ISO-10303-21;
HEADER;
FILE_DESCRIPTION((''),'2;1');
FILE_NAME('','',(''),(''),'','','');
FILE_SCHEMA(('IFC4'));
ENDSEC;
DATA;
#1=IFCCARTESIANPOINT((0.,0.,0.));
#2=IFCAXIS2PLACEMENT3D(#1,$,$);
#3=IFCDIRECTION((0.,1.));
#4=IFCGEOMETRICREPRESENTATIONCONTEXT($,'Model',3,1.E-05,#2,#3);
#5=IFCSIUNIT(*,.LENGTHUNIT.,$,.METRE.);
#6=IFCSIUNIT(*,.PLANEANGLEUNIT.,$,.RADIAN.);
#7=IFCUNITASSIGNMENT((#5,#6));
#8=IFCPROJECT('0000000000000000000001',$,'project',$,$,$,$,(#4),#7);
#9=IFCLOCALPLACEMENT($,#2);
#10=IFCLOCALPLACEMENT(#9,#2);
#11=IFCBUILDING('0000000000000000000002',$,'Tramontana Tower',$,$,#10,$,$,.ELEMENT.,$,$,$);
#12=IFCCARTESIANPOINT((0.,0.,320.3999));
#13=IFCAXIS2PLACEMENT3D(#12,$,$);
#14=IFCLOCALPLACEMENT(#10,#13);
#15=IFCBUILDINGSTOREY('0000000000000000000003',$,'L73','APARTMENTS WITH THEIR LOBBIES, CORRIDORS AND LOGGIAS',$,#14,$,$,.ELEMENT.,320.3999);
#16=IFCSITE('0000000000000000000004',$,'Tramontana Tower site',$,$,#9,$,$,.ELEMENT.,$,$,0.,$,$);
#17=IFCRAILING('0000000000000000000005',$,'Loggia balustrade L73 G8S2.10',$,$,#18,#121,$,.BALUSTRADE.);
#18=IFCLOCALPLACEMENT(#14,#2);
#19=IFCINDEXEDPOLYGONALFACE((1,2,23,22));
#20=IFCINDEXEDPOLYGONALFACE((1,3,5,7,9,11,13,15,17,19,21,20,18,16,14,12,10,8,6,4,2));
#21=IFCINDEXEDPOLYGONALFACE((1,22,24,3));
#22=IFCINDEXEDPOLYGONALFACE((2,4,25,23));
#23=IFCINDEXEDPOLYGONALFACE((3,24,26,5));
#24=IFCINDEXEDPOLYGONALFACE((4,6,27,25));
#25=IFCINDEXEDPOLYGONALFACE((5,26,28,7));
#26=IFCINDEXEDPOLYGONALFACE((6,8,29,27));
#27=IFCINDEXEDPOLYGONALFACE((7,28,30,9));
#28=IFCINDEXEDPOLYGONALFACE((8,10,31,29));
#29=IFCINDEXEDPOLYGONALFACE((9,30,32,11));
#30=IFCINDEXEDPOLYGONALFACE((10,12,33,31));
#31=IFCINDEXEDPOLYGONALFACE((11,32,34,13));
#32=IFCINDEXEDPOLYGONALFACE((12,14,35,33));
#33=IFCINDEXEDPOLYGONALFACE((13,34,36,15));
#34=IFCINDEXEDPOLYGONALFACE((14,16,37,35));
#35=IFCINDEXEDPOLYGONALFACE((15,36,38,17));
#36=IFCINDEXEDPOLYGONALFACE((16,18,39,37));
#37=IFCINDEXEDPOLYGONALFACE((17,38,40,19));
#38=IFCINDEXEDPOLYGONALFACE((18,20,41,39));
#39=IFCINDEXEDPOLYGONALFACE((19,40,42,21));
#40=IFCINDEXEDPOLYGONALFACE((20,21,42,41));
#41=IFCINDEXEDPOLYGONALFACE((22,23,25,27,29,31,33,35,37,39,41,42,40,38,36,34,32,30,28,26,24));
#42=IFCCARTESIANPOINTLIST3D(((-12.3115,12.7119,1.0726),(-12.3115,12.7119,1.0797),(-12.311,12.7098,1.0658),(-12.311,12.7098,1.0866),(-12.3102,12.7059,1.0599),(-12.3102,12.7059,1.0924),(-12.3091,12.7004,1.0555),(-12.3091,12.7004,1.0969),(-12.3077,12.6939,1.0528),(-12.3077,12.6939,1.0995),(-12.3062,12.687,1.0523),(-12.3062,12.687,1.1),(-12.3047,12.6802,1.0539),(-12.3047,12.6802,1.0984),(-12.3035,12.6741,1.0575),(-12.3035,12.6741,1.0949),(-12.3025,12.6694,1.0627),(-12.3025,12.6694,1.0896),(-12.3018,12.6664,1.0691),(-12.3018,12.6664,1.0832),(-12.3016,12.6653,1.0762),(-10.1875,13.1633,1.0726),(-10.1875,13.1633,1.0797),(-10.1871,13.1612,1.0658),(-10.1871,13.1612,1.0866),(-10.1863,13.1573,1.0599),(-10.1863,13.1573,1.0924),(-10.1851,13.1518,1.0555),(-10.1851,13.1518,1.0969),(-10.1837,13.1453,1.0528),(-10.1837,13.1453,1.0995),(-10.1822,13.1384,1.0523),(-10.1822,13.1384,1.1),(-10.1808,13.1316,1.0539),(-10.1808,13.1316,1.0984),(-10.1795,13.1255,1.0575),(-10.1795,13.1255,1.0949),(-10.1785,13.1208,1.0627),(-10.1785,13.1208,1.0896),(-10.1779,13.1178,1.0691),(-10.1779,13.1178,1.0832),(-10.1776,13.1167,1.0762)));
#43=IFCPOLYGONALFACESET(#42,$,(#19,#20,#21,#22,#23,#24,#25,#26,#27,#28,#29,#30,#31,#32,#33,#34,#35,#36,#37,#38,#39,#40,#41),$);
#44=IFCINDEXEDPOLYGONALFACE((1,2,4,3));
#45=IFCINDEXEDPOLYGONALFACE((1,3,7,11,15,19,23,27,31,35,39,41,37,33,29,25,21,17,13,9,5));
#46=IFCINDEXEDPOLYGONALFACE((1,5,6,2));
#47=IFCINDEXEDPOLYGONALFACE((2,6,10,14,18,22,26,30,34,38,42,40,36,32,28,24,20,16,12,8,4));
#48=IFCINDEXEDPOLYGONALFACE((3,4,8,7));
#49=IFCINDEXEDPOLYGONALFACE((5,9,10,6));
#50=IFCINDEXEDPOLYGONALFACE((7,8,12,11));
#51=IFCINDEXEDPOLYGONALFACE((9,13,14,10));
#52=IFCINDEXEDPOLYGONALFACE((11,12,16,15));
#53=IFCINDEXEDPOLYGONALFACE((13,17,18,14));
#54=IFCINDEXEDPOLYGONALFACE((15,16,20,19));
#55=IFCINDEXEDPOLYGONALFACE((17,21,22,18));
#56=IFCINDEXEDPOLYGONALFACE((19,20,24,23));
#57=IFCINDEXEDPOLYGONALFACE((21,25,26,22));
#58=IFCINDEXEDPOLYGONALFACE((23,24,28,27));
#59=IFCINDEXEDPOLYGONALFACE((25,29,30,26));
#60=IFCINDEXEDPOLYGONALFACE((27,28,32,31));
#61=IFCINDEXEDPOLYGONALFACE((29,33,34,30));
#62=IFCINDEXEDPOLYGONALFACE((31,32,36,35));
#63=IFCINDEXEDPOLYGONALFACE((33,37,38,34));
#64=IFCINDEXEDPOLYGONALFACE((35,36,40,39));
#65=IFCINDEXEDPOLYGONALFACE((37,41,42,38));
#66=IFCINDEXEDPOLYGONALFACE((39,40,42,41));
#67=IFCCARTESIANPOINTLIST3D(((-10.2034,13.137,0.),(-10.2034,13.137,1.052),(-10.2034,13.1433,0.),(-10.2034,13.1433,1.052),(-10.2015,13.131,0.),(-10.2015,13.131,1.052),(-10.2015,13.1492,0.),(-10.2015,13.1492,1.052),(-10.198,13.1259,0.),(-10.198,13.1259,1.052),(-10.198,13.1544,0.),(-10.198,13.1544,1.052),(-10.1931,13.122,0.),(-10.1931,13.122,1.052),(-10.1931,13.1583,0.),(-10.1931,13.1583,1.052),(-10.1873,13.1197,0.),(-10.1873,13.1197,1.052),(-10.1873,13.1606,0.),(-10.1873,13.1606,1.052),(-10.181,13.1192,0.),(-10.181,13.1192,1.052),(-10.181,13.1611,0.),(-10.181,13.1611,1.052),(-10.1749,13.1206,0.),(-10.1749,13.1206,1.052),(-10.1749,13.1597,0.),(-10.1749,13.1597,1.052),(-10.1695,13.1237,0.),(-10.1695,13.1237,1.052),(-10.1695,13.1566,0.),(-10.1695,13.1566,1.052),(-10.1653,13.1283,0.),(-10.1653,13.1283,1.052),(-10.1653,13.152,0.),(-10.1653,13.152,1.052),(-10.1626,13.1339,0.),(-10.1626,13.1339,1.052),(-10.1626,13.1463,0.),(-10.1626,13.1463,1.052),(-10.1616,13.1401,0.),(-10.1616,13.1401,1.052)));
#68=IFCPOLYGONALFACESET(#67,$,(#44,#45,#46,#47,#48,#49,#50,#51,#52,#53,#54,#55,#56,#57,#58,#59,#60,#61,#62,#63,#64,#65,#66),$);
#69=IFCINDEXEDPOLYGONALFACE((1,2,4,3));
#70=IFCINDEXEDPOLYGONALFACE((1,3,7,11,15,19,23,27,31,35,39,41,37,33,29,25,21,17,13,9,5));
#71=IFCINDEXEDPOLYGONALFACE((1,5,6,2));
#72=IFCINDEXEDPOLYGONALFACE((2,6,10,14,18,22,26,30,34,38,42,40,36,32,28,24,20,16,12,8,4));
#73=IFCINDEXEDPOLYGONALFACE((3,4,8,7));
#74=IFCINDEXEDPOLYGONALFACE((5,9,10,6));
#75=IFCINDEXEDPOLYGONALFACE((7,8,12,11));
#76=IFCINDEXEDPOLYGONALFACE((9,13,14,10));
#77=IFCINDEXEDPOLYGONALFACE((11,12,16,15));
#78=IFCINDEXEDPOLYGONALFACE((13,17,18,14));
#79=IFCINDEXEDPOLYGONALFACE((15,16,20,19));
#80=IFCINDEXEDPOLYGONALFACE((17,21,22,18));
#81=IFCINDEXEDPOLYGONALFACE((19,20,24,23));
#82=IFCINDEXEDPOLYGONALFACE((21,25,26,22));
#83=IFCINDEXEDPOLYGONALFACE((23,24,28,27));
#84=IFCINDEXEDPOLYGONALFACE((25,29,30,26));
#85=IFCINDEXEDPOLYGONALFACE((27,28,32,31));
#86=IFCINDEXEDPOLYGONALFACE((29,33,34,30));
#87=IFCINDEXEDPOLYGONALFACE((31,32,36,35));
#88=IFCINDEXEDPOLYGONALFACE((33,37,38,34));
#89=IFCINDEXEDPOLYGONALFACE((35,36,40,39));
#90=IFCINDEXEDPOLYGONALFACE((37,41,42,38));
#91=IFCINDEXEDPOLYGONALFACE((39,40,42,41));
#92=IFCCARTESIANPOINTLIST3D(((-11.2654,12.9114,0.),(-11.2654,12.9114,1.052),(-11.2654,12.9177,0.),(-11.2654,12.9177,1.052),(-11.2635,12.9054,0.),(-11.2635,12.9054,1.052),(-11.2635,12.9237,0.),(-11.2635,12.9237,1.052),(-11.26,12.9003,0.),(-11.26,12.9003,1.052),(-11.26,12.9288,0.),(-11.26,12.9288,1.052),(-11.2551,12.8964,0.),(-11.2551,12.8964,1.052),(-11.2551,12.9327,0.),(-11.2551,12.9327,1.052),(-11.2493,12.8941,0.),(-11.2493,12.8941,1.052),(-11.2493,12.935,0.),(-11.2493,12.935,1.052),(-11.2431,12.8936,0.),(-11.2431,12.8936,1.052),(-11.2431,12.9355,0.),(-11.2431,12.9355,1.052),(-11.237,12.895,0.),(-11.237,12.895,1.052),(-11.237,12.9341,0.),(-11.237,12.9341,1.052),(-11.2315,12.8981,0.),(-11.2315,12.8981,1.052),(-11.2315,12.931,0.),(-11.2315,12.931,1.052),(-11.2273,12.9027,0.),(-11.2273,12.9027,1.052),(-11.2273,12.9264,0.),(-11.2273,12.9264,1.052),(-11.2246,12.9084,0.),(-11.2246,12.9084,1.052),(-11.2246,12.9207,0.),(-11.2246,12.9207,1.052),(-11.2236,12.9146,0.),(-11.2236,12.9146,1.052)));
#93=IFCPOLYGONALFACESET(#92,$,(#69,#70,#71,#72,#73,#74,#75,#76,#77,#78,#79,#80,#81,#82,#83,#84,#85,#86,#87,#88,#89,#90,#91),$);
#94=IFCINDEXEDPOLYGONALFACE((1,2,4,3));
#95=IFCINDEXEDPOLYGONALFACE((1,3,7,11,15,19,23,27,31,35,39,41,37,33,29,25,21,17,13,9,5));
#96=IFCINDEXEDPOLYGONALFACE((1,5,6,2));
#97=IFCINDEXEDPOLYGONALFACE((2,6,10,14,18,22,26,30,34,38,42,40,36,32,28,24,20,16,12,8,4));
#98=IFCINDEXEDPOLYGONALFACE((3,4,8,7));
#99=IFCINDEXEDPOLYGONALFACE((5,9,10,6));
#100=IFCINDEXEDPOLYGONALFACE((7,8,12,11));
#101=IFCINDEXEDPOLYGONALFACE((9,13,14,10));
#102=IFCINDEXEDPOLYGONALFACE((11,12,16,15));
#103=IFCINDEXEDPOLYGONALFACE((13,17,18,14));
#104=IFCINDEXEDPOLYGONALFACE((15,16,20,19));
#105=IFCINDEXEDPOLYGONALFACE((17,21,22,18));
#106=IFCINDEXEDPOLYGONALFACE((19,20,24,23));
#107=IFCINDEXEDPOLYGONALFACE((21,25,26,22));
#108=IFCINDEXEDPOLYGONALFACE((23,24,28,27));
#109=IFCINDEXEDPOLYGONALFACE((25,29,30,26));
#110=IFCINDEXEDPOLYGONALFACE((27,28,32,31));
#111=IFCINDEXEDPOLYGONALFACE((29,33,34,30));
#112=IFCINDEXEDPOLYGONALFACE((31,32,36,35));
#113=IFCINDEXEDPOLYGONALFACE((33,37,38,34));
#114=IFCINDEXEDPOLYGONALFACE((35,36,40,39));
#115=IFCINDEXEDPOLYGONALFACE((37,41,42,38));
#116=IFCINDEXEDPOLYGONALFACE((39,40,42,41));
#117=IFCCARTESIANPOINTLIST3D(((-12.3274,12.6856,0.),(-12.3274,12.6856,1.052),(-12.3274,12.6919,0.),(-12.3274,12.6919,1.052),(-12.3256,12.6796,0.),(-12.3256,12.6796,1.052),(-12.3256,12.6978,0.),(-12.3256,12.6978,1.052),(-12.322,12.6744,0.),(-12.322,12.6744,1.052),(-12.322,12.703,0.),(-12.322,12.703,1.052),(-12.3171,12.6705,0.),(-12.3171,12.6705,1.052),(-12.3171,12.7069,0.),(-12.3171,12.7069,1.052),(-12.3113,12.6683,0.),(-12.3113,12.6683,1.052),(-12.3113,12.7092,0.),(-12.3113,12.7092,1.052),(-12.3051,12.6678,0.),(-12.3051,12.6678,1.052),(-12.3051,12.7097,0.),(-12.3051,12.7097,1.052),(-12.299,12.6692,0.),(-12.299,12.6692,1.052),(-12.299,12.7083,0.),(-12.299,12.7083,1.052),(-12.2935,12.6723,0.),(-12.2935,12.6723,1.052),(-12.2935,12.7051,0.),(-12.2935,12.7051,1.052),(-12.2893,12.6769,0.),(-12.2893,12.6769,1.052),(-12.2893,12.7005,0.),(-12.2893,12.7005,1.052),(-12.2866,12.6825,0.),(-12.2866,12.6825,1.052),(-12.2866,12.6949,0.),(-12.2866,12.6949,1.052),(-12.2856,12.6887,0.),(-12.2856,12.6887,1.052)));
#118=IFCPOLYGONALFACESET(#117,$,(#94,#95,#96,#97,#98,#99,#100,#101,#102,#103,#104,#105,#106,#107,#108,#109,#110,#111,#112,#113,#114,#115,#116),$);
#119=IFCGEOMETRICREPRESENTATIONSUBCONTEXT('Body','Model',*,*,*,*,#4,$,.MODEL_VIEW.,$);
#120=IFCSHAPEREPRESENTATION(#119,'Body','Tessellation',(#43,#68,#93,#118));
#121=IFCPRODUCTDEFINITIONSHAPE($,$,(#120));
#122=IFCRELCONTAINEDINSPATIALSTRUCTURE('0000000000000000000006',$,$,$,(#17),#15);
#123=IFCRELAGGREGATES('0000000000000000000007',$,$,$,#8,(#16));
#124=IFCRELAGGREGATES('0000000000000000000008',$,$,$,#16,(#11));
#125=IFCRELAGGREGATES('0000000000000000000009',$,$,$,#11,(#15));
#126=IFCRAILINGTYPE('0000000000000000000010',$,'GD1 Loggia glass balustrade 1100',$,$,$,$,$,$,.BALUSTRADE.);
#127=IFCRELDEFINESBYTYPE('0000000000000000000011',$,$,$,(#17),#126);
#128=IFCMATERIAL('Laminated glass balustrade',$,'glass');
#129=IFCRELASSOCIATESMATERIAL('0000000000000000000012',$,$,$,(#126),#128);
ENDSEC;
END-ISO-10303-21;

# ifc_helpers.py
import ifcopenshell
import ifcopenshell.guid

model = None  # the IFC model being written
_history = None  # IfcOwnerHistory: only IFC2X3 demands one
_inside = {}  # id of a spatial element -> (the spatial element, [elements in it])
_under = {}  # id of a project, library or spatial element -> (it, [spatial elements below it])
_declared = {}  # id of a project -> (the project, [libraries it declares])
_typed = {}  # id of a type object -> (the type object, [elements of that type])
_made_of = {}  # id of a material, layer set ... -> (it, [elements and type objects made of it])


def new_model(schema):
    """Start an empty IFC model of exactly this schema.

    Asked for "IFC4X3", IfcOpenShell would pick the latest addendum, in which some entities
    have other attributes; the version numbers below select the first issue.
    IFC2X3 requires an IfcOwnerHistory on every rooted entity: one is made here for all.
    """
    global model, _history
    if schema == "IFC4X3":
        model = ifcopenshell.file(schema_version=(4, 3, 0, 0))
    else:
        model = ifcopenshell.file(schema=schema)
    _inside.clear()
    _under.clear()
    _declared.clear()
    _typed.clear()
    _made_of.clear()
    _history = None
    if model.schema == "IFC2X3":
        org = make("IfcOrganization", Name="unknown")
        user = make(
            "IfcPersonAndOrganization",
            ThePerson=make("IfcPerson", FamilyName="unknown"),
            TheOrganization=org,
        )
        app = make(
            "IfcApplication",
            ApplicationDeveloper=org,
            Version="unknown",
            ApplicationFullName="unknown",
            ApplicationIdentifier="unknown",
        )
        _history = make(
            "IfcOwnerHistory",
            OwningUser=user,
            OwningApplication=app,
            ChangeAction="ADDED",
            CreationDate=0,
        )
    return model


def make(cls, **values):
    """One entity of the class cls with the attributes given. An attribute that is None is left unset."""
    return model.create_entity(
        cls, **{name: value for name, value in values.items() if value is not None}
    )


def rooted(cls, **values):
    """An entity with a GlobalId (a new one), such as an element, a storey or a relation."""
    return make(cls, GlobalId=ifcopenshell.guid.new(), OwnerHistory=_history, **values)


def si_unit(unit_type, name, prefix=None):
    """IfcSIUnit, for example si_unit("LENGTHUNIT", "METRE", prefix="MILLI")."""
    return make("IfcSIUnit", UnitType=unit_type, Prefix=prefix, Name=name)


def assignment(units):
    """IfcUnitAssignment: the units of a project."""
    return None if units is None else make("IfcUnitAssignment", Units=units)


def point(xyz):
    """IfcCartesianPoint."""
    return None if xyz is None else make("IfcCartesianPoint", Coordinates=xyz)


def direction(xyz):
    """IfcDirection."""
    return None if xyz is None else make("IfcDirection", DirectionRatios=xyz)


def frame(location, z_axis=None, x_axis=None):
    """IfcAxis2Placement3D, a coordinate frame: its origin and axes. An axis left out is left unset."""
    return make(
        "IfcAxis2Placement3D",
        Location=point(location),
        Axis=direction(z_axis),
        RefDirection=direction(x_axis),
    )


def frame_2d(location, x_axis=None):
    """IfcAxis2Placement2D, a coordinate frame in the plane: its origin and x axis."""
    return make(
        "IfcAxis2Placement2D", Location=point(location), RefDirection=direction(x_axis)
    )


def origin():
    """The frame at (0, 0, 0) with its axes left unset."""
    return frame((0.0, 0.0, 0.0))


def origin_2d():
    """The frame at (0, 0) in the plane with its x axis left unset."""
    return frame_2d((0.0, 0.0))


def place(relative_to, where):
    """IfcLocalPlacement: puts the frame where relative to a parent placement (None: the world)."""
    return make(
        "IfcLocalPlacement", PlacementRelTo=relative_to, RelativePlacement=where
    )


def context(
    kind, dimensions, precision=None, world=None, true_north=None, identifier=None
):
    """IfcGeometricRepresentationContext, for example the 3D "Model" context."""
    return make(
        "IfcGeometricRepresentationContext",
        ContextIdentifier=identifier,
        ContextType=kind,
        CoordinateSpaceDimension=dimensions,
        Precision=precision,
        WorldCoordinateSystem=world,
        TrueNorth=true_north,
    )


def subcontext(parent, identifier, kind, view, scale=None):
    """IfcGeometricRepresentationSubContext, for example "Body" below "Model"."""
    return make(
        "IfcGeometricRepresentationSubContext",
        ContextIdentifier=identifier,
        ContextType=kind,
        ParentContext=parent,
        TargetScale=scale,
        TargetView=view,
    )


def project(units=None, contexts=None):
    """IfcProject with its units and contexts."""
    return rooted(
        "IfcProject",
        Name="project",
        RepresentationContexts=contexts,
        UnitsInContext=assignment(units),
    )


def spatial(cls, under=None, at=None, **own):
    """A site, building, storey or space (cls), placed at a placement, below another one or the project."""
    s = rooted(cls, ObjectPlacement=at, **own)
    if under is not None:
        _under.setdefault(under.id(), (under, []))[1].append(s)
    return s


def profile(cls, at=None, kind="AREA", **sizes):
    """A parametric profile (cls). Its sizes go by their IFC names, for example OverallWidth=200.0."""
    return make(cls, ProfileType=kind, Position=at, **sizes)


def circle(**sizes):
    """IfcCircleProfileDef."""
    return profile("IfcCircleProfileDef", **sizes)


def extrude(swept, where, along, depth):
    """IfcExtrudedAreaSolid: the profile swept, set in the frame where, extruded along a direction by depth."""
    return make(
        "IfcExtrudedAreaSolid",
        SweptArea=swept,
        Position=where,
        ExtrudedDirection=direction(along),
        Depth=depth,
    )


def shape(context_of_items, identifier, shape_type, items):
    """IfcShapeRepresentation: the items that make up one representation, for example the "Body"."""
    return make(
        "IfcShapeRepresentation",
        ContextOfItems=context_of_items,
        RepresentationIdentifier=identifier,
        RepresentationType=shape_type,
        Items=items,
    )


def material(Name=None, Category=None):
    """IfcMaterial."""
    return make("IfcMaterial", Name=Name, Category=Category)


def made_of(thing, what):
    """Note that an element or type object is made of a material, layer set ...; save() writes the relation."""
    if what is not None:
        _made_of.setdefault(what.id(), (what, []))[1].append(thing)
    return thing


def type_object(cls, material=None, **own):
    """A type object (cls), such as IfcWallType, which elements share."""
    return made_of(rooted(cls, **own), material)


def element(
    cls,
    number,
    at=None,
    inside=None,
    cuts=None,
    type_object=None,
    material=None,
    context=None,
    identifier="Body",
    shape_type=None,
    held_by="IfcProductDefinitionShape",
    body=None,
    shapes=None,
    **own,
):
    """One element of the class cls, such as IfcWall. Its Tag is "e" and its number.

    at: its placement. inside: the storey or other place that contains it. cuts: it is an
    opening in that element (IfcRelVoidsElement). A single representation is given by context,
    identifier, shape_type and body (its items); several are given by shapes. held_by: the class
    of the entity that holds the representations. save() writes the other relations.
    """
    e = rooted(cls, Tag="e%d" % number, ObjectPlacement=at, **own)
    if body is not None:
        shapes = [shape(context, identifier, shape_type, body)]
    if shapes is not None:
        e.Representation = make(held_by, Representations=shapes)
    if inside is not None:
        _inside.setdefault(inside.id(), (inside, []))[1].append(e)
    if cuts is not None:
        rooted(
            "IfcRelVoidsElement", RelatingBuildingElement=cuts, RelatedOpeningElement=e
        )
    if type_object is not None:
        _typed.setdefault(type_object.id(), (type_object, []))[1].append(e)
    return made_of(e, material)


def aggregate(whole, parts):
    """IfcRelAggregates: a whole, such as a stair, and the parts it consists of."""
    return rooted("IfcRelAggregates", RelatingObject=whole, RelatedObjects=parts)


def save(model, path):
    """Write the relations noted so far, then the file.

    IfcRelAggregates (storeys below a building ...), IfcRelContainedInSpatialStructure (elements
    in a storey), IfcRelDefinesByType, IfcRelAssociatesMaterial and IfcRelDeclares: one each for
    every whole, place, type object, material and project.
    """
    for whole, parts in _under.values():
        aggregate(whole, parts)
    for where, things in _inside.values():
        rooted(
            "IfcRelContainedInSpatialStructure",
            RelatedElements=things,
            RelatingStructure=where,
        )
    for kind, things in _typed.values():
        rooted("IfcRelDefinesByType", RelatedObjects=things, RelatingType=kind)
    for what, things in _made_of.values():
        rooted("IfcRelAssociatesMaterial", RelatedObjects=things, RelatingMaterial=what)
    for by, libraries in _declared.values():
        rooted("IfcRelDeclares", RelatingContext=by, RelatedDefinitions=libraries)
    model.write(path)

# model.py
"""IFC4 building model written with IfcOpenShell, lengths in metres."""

from ifc_helpers import new_model, si_unit, direction, frame, origin, origin_2d, place, context, subcontext, project, spatial, circle, extrude, material, type_object, element, save


model = new_model("IFC4")

# Units and contexts
model_context = context("Model", 3, precision=1e-05, world=origin(), true_north=direction((0.0, 1.0)))
body_context = subcontext(model_context, "Body", "Model", "MODEL_VIEW")
ifc_project = project(units=[si_unit("LENGTHUNIT", "METRE"), si_unit("PLANEANGLEUNIT", "RADIAN")], contexts=[model_context])

# Site, building, storey
site_placement = place(None, origin())
site = spatial("IfcSite", under=ifc_project, at=site_placement, Name="Tramontana Tower site", CompositionType="ELEMENT", RefElevation=0.0)
building_placement = place(site_placement, origin())
building = spatial("IfcBuilding", under=site, at=building_placement, Name="Tramontana Tower", CompositionType="ELEMENT")
storey_placement = place(building_placement, frame((0.0, 0.0, 320.3999)))
storey = spatial("IfcBuildingStorey", under=building, at=storey_placement, Name="L73", Description="APARTMENTS WITH THEIR LOBBIES, CORRIDORS AND LOGGIAS", CompositionType="ELEMENT", Elevation=320.3999)

# Railing
ifc_material_1 = material(Name="Laminated glass balustrade", Category="glass")
railing_type = type_object("IfcRailingType", Name="GD1 Loggia glass balustrade 1100", PredefinedType="BALUSTRADE", material=ifc_material_1)
railing_placement = place(storey_placement, frame((-10.1826, 13.1401, 0.0)))
element("IfcRailing", 1, at=railing_placement, inside=storey, type_object=railing_type, Name="Loggia balustrade L73 G8S2.10", PredefinedType="BALUSTRADE", context=body_context, shape_type="SweptSolid", body=[
    extrude(circle(Radius=0.0239, at=origin_2d()), frame((0.0, 0.0, 1.0762), z_axis=(-0.978153, -0.207886, 0.0), x_axis=(0.207886, -0.978153, 0.0)), (0.0, 0.0, 1.0), 2.1714),
    extrude(circle(Radius=0.021, at=origin_2d()), origin(), (0.0, 0.0, 1.0), 1.052),
    extrude(circle(Radius=0.021, at=origin_2d()), frame((-1.062, -0.2256, 0.0)), (0.0, 0.0, 1.0), 1.052),
    extrude(circle(Radius=0.021, at=origin_2d()), frame((-2.124, -0.4514, 0.0)), (0.0, 0.0, 1.0), 1.052),
])

save(model, "model.ifc")
